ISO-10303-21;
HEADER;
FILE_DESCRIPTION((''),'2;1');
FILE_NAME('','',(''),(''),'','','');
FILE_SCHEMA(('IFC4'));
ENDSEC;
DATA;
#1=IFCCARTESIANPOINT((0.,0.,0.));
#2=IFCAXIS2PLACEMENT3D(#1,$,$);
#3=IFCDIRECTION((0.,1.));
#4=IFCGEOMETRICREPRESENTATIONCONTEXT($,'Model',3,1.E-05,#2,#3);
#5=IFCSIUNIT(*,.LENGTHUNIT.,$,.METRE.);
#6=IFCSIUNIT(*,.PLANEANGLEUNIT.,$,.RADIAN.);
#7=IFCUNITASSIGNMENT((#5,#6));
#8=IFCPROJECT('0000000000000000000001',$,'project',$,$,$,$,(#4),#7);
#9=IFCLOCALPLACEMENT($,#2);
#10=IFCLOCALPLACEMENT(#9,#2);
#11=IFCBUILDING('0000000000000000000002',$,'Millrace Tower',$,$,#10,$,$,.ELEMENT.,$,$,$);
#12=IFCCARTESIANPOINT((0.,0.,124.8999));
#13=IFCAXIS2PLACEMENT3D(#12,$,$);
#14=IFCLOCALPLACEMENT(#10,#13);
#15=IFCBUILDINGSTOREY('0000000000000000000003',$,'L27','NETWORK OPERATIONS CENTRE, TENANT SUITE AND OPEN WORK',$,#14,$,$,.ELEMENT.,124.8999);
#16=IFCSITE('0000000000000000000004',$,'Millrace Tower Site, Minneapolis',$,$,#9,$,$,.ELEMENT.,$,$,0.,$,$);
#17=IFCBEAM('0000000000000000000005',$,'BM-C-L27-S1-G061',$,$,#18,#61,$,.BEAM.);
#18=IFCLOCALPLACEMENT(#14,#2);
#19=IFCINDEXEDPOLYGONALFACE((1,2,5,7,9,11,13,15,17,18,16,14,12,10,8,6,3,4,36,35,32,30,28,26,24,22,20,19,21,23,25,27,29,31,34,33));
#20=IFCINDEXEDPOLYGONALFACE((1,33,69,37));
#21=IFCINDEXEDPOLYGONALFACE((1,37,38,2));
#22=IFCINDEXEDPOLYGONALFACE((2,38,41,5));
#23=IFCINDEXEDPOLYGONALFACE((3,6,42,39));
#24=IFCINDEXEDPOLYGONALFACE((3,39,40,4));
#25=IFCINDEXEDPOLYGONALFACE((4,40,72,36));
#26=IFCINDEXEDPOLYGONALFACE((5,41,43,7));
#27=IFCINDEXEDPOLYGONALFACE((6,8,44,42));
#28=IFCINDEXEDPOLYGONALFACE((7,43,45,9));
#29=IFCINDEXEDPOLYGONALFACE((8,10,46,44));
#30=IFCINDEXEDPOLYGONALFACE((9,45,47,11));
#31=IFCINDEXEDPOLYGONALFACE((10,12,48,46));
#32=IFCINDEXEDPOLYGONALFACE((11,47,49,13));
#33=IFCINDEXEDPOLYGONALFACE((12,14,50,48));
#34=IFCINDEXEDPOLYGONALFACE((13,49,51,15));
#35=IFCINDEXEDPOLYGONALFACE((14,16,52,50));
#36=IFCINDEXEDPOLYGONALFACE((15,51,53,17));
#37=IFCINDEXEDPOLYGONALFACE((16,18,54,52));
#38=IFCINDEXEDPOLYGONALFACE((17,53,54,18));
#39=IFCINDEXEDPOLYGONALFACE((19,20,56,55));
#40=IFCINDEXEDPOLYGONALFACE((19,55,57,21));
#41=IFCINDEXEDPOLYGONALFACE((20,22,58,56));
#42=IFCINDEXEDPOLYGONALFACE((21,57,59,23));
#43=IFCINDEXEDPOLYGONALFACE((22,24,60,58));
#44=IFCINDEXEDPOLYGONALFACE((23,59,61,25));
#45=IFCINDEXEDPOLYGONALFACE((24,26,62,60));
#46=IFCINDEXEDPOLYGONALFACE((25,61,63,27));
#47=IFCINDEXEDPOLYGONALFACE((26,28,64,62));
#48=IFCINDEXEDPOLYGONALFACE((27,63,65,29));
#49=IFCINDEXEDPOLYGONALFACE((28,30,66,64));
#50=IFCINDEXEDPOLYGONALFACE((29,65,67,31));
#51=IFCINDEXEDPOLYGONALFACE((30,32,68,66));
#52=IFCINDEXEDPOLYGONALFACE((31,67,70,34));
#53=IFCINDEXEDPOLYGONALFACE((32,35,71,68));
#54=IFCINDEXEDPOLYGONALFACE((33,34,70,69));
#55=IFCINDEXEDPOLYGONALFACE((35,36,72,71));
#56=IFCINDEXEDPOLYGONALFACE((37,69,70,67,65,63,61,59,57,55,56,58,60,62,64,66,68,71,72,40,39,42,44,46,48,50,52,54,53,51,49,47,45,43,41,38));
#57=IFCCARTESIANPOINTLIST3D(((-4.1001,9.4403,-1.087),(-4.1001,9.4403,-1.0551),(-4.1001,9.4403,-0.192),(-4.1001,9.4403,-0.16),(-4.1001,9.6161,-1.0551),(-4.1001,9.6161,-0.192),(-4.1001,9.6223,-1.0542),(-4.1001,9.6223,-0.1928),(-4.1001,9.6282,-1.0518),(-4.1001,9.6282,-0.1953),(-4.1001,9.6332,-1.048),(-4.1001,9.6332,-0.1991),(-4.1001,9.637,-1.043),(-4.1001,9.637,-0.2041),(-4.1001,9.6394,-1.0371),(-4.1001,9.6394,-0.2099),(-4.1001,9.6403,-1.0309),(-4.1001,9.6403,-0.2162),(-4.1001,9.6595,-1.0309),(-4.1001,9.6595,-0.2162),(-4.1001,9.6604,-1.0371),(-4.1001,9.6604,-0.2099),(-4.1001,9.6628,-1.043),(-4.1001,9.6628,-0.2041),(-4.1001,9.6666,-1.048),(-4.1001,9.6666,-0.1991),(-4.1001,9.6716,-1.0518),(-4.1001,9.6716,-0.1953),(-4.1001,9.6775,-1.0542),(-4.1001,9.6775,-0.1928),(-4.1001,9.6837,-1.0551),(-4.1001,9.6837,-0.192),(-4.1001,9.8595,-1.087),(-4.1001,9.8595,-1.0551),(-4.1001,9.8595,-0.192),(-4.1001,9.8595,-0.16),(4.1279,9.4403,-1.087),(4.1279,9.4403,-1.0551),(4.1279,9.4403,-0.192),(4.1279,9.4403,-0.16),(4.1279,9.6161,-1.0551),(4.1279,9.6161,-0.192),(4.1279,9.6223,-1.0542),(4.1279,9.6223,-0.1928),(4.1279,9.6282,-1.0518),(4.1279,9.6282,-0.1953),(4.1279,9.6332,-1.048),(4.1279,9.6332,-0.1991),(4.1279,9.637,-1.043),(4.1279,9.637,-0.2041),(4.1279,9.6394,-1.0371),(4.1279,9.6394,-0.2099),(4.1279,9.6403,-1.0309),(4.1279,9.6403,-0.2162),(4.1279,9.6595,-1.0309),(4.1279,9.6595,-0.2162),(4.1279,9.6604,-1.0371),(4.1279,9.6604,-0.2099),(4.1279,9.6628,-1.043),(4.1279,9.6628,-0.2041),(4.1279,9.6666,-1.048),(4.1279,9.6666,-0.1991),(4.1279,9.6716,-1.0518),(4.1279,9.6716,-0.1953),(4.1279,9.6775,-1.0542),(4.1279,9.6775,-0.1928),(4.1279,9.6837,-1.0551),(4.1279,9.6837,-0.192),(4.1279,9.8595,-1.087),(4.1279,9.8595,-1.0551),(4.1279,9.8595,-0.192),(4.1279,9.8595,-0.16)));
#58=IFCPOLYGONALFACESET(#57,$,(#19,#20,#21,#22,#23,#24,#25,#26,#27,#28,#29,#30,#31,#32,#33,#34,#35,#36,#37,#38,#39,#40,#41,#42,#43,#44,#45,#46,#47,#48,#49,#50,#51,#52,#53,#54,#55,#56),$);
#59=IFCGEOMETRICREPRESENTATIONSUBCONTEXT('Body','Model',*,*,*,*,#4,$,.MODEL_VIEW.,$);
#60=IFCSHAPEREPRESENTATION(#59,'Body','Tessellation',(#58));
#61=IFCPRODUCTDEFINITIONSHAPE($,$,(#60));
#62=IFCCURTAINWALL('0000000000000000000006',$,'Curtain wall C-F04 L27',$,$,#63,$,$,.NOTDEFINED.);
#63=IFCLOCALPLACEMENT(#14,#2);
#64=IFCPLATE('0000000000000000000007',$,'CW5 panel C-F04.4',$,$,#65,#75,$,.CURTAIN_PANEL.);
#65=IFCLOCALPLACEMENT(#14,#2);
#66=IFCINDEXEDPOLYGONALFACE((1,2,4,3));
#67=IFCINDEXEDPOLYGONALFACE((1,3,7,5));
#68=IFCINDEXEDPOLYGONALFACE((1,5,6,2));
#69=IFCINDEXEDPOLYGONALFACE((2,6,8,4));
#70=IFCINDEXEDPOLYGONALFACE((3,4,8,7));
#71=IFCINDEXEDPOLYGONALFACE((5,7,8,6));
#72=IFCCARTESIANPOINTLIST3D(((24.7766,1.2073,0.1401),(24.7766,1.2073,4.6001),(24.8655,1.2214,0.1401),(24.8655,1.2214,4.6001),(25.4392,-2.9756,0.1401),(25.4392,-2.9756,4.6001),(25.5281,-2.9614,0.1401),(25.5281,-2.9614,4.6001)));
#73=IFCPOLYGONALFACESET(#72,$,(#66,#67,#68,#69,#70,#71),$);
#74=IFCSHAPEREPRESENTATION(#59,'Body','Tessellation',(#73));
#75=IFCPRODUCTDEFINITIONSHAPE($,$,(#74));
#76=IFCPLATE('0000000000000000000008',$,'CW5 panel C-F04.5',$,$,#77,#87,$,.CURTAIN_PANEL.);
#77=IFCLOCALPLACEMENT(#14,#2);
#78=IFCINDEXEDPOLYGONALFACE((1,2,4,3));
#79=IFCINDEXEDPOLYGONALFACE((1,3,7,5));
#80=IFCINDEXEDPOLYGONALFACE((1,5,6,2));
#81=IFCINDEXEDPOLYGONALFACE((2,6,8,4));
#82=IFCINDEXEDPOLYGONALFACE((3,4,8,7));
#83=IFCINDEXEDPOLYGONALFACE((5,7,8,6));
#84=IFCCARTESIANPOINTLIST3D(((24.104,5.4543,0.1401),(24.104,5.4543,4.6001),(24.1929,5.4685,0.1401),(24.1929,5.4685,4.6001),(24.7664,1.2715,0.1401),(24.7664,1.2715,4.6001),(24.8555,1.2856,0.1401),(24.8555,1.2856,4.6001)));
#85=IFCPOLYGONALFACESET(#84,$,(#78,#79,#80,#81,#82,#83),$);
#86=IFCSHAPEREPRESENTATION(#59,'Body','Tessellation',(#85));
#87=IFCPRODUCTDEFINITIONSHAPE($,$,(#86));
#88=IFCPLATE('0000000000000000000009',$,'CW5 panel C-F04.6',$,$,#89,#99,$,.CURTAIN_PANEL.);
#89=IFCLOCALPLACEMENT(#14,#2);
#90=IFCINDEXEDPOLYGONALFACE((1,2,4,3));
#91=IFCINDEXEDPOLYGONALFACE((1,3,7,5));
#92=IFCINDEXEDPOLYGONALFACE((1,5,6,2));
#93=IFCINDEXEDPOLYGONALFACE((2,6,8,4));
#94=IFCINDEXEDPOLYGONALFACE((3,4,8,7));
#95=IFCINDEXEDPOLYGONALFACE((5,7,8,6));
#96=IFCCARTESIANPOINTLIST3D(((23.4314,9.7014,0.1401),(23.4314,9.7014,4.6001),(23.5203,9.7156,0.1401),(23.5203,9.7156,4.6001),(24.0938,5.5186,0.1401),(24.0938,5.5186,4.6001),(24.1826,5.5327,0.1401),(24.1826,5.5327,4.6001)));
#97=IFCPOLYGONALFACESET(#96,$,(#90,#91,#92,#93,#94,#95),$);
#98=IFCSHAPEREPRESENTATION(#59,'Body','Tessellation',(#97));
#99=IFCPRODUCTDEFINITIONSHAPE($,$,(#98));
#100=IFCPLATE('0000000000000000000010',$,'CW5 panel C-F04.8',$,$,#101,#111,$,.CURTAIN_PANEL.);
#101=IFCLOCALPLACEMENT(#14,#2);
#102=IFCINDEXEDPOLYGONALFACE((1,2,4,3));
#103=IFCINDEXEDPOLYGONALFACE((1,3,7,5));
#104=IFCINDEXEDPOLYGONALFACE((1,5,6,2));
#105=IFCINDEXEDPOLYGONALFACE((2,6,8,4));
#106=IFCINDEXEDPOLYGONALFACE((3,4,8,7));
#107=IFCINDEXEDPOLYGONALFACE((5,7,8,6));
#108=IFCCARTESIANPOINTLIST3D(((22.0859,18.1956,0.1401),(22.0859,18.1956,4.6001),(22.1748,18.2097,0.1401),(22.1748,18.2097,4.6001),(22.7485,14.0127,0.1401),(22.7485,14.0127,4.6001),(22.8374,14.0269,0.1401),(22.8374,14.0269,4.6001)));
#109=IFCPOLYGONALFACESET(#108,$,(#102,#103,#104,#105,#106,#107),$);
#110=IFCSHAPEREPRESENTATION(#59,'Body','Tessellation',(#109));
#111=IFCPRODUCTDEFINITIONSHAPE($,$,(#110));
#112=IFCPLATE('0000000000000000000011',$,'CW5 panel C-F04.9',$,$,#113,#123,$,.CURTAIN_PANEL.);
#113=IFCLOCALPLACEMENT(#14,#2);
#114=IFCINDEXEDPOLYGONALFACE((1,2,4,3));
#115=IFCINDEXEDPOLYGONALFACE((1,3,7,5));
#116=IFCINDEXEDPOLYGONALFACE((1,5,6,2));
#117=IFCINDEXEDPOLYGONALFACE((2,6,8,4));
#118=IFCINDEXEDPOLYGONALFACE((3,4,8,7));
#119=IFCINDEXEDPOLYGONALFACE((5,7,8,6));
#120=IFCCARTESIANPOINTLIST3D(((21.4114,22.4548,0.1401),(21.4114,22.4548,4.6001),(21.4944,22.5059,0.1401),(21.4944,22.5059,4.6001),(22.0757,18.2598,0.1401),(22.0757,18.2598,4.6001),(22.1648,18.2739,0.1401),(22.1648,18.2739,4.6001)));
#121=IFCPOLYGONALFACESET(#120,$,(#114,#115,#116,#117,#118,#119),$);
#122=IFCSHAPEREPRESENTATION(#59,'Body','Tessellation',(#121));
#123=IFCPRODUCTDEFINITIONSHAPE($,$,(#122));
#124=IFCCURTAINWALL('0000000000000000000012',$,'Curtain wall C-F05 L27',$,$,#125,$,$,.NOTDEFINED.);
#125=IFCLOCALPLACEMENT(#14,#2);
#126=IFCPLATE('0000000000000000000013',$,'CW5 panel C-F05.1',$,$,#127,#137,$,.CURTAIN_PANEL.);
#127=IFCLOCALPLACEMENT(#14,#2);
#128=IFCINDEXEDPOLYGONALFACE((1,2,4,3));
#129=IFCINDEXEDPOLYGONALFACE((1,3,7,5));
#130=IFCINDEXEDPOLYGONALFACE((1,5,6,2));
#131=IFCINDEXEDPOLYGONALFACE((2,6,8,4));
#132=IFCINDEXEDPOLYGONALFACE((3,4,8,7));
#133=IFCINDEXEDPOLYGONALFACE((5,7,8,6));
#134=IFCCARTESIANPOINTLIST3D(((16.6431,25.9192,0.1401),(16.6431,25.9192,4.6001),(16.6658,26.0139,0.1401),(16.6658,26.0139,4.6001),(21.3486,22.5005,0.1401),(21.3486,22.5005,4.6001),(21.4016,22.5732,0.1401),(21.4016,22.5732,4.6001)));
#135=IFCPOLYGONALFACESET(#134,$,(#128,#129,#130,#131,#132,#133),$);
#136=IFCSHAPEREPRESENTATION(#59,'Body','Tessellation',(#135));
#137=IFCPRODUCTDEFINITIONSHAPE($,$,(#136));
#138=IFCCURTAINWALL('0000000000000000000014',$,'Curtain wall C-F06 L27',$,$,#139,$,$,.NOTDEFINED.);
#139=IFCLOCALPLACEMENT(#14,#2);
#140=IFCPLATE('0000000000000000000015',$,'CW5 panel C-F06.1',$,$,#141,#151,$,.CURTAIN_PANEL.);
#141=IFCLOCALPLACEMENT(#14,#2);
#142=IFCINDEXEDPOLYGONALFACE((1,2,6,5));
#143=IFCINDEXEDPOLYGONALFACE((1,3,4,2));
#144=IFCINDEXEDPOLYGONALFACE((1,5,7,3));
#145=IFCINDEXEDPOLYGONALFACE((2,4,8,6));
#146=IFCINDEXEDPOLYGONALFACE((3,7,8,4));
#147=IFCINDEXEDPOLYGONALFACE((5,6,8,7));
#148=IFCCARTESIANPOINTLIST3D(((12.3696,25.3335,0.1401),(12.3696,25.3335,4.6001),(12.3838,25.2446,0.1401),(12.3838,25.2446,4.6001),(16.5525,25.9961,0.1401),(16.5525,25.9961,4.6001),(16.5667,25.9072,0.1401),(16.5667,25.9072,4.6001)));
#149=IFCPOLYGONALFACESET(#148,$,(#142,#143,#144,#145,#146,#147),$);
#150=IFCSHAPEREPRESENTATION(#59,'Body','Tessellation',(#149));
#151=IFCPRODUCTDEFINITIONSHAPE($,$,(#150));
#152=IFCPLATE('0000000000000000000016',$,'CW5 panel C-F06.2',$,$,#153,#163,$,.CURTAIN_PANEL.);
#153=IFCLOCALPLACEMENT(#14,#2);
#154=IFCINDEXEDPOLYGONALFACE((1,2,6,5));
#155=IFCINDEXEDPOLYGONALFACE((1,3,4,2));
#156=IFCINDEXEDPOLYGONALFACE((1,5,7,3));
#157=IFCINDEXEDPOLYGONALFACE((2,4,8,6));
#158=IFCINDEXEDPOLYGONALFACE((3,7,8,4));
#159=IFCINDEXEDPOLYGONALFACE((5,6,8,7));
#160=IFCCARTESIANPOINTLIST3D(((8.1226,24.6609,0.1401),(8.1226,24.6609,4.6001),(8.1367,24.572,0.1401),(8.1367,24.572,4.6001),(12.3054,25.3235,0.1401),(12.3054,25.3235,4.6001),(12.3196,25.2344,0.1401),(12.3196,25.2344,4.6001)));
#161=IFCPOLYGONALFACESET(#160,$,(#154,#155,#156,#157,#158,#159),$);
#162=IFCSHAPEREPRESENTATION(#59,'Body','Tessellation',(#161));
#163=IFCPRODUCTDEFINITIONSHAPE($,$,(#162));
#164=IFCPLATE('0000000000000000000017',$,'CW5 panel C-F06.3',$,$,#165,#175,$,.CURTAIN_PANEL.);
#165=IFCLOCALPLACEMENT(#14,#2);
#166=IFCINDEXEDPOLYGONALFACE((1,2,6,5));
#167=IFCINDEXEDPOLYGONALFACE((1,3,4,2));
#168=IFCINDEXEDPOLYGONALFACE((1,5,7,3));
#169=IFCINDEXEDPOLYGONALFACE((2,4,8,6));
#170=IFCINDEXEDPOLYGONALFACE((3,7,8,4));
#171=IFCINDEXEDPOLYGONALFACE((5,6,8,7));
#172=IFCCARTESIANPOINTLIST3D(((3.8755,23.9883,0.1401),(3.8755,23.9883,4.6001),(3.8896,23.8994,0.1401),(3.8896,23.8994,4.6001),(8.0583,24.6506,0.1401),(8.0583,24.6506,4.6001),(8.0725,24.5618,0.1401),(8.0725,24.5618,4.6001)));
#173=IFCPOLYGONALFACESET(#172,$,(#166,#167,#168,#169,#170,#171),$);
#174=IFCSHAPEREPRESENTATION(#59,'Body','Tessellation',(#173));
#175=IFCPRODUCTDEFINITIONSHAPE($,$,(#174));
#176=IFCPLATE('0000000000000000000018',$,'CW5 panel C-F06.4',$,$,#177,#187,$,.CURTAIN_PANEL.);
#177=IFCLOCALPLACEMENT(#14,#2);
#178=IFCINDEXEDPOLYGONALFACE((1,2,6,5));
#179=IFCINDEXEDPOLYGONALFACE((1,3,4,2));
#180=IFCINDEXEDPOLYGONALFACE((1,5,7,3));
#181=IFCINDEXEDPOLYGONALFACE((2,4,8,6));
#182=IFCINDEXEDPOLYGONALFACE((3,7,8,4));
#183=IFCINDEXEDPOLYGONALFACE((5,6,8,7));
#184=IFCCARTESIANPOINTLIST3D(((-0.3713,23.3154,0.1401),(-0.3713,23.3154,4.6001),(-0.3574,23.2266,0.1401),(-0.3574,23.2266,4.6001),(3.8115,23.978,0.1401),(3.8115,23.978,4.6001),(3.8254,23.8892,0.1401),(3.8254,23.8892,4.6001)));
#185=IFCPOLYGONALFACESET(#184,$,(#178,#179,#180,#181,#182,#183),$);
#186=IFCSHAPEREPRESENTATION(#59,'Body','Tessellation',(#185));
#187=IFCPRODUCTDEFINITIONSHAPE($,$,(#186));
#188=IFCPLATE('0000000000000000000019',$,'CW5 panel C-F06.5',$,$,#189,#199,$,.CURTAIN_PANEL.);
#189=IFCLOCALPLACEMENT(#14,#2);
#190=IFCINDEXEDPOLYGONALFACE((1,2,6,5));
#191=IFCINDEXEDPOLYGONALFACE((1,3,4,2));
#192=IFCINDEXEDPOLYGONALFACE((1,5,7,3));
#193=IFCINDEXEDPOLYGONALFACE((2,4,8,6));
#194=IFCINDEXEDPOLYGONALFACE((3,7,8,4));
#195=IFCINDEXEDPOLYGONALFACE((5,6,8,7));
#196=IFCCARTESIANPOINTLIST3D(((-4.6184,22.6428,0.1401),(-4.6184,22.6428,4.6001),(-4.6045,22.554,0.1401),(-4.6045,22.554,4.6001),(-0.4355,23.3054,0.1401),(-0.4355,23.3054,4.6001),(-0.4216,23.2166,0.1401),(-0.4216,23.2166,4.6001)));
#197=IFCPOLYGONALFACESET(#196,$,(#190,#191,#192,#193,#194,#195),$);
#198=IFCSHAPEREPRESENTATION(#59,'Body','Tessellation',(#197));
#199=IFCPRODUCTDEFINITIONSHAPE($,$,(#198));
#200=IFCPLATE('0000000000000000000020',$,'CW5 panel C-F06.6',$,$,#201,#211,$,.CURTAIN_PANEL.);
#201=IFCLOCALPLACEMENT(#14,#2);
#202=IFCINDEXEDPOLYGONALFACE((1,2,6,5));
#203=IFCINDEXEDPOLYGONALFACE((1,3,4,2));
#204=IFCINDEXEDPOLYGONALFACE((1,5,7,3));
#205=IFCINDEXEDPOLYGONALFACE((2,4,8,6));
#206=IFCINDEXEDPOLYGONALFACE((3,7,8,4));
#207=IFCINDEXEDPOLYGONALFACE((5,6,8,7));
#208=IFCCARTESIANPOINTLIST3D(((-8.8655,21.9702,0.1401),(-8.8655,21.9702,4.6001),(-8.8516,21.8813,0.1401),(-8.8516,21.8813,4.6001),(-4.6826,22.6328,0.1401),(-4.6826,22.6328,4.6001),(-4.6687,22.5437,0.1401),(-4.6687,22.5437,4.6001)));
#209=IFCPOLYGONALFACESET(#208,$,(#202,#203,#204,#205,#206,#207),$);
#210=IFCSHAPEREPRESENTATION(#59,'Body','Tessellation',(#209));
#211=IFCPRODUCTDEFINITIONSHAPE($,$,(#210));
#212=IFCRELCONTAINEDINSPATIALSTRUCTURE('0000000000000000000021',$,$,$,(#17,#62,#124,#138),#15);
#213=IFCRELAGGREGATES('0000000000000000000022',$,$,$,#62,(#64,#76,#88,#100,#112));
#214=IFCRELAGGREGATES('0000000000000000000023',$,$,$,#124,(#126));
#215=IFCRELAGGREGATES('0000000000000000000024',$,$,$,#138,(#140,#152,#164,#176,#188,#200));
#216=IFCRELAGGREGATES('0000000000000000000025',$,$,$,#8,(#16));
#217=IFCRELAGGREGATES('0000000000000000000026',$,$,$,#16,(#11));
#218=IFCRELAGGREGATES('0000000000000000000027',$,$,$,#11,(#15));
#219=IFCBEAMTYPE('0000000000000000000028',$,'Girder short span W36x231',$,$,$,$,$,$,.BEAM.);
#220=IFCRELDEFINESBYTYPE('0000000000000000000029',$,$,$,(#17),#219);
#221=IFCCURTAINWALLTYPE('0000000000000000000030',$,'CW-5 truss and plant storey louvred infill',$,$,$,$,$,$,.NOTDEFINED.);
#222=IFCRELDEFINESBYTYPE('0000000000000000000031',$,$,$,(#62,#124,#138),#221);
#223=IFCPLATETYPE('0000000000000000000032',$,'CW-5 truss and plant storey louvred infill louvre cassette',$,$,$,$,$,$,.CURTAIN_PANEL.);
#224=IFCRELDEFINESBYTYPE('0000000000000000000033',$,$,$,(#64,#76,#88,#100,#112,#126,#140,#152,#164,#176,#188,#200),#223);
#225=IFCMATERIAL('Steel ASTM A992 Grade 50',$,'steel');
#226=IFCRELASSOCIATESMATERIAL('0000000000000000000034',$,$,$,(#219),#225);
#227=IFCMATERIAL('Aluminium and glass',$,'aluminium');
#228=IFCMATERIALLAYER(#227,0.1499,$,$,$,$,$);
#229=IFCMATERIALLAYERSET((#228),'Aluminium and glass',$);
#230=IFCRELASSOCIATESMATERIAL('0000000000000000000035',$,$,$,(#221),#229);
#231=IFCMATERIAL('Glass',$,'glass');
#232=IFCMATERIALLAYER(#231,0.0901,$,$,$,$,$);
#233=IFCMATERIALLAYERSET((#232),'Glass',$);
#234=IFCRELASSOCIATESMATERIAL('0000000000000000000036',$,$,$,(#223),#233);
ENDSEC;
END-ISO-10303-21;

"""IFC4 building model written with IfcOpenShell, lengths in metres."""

from ifc_helpers import new_model, si_unit, direction, frame, origin, origin_2d, place, context, subcontext, project, spatial, polyline, i_section, outline, extrude, material, layer, layer_set, material_profile, profile_set, type_object, element, aggregate, save


model = new_model("IFC4")

# Units and contexts
model_context = context("Model", 3, precision=1e-05, world=origin(), true_north=direction((0.0, 1.0)))
body_context = subcontext(model_context, "Body", "Model", "MODEL_VIEW")
ifc_project = project(units=[si_unit("LENGTHUNIT", "METRE"), si_unit("PLANEANGLEUNIT", "RADIAN")], contexts=[model_context])

# Site, building, storey
site_placement = place(None, origin())
site = spatial("IfcSite", under=ifc_project, at=site_placement, Name="Millrace Tower Site, Minneapolis", CompositionType="ELEMENT", RefElevation=0.0)
building_placement = place(site_placement, origin())
building = spatial("IfcBuilding", under=site, at=building_placement, Name="Millrace Tower", CompositionType="ELEMENT")
storey_placement = place(building_placement, frame((0.0, 0.0, 124.8999)))
storey = spatial("IfcBuildingStorey", under=building, at=storey_placement, Name="L27", Description="NETWORK OPERATIONS CENTRE, TENANT SUITE AND OPEN WORK", CompositionType="ELEMENT", Elevation=124.8999)

# Beam
ifc_material_1 = material(Name="Steel ASTM A992 Grade 50", Category="steel")
ifc_material_profile_1 = material_profile(ifc_material_1, i_section(OverallWidth=0.4192, OverallDepth=0.927, WebThickness=0.0193, FlangeThickness=0.032, FilletRadius=0.0242, at=origin_2d()))
ifc_profile_set_1 = profile_set([ifc_material_profile_1], Name="Steel ASTM A992 Grade 50")
beam_type_1 = type_object("IfcBeamType", Name="Girder short span W36x231", PredefinedType="BEAM", material=ifc_profile_set_1)
beam_1_placement = place(storey_placement, frame((-4.1001, 9.6499, -0.6235), z_axis=(1.0, 0.0, 0.0), x_axis=(0.0, 1.0, 0.0)))
element("IfcBeam", 1, at=beam_1_placement, inside=storey, type_object=beam_type_1, Name="BM-C-L27-S1-G061", PredefinedType="BEAM", context=body_context, shape_type="SweptSolid", body=[
    extrude(i_section(OverallWidth=0.4192, OverallDepth=0.927, WebThickness=0.0193, FlangeThickness=0.032, FilletRadius=0.0242, at=origin_2d()), origin(), (0.0, 0.0, 1.0), 8.228),
])

# Curtain wall, plates
ifc_material_2 = material(Name="Aluminium and glass", Category="aluminium")
ifc_layer_1 = layer(ifc_material_2, 0.1499)
ifc_layer_set_1 = layer_set([ifc_layer_1], Name="Aluminium and glass")
curtain_wall_type = type_object("IfcCurtainWallType", Name="CW-5 truss and plant storey louvred infill", PredefinedType="NOTDEFINED", material=ifc_layer_set_1)
placement_1 = place(storey_placement, origin())
curtain_wall_1 = element("IfcCurtainWall", 2, at=placement_1, inside=storey, type_object=curtain_wall_type, Name="Curtain wall C-F04 L27", PredefinedType="NOTDEFINED")
ifc_material_3 = material(Name="Glass", Category="glass")
ifc_layer_2 = layer(ifc_material_3, 0.0901)
ifc_layer_set_2 = layer_set([ifc_layer_2], Name="Glass")
plate_type = type_object("IfcPlateType", Name="CW-5 truss and plant storey louvred infill louvre cassette", PredefinedType="CURTAIN_PANEL", material=ifc_layer_set_2)
placement_2 = place(storey_placement, frame((0.0, 0.0, 0.1401)))
plate_1 = element("IfcPlate", 3, at=placement_2, type_object=plate_type, Name="CW5 panel C-F04.4", PredefinedType="CURTAIN_PANEL", context=body_context, shape_type="SweptSolid", body=[
    extrude(outline(polyline([(25.5281, -2.9614), (24.8655, 1.2214), (24.7766, 1.2073), (25.4392, -2.9756), (25.5281, -2.9614)])), origin(), (0.0, 0.0, 1.0), 4.46),
])
plate_2 = element("IfcPlate", 4, at=placement_2, type_object=plate_type, Name="CW5 panel C-F04.5", PredefinedType="CURTAIN_PANEL", context=body_context, shape_type="SweptSolid", body=[
    extrude(outline(polyline([(24.8555, 1.2856), (24.1929, 5.4685), (24.104, 5.4543), (24.7664, 1.2715), (24.8555, 1.2856)])), origin(), (0.0, 0.0, 1.0), 4.46),
])
plate_3 = element("IfcPlate", 5, at=placement_2, type_object=plate_type, Name="CW5 panel C-F04.6", PredefinedType="CURTAIN_PANEL", context=body_context, shape_type="SweptSolid", body=[
    extrude(outline(polyline([(24.1826, 5.5327), (23.5203, 9.7156), (23.4314, 9.7014), (24.0938, 5.5186), (24.1826, 5.5327)])), origin(), (0.0, 0.0, 1.0), 4.46),
])
plate_4 = element("IfcPlate", 6, at=placement_2, type_object=plate_type, Name="CW5 panel C-F04.8", PredefinedType="CURTAIN_PANEL", context=body_context, shape_type="SweptSolid", body=[
    extrude(outline(polyline([(22.8374, 14.0269), (22.1748, 18.2097), (22.0859, 18.1956), (22.7485, 14.0127), (22.8374, 14.0269)])), origin(), (0.0, 0.0, 1.0), 4.46),
])
plate_5 = element("IfcPlate", 7, at=placement_2, type_object=plate_type, Name="CW5 panel C-F04.9", PredefinedType="CURTAIN_PANEL", context=body_context, shape_type="SweptSolid", body=[
    extrude(outline(polyline([(22.1648, 18.2739), (21.4944, 22.5059), (21.4114, 22.4548), (22.0757, 18.2598), (22.1648, 18.2739)])), origin(), (0.0, 0.0, 1.0), 4.46),
])
aggregate(curtain_wall_1, [plate_1, plate_2, plate_3, plate_4, plate_5])

# Curtain wall, plate
curtain_wall_2 = element("IfcCurtainWall", 8, at=placement_1, inside=storey, type_object=curtain_wall_type, Name="Curtain wall C-F05 L27", PredefinedType="NOTDEFINED")
plate_6 = element("IfcPlate", 9, at=placement_2, type_object=plate_type, Name="CW5 panel C-F05.1", PredefinedType="CURTAIN_PANEL", context=body_context, shape_type="SweptSolid", body=[
    extrude(outline(polyline([(21.4016, 22.5732), (16.6658, 26.0139), (16.6431, 25.9192), (21.3486, 22.5005), (21.4016, 22.5732)])), origin(), (0.0, 0.0, 1.0), 4.46),
])
aggregate(curtain_wall_2, [plate_6])

# Curtain wall, plates
curtain_wall_3 = element("IfcCurtainWall", 10, at=placement_1, inside=storey, type_object=curtain_wall_type, Name="Curtain wall C-F06 L27", PredefinedType="NOTDEFINED")
plate_7 = element("IfcPlate", 11, at=placement_2, type_object=plate_type, Name="CW5 panel C-F06.1", PredefinedType="CURTAIN_PANEL", context=body_context, shape_type="SweptSolid", body=[
    extrude(outline(polyline([(16.5525, 25.9961), (12.3696, 25.3335), (12.3838, 25.2446), (16.5667, 25.9072), (16.5525, 25.9961)])), origin(), (0.0, 0.0, 1.0), 4.46),
])
plate_8 = element("IfcPlate", 12, at=placement_2, type_object=plate_type, Name="CW5 panel C-F06.2", PredefinedType="CURTAIN_PANEL", context=body_context, shape_type="SweptSolid", body=[
    extrude(outline(polyline([(12.3054, 25.3235), (8.1226, 24.6609), (8.1367, 24.572), (12.3196, 25.2344), (12.3054, 25.3235)])), origin(), (0.0, 0.0, 1.0), 4.46),
])
plate_9 = element("IfcPlate", 13, at=placement_2, type_object=plate_type, Name="CW5 panel C-F06.3", PredefinedType="CURTAIN_PANEL", context=body_context, shape_type="SweptSolid", body=[
    extrude(outline(polyline([(8.0583, 24.6506), (3.8755, 23.9883), (3.8896, 23.8994), (8.0725, 24.5618), (8.0583, 24.6506)])), origin(), (0.0, 0.0, 1.0), 4.46),
])
plate_10 = element("IfcPlate", 14, at=placement_2, type_object=plate_type, Name="CW5 panel C-F06.4", PredefinedType="CURTAIN_PANEL", context=body_context, shape_type="SweptSolid", body=[
    extrude(outline(polyline([(3.8115, 23.978), (-0.3713, 23.3154), (-0.3574, 23.2266), (3.8254, 23.8892), (3.8115, 23.978)])), origin(), (0.0, 0.0, 1.0), 4.46),
])
plate_11 = element("IfcPlate", 15, at=placement_2, type_object=plate_type, Name="CW5 panel C-F06.5", PredefinedType="CURTAIN_PANEL", context=body_context, shape_type="SweptSolid", body=[
    extrude(outline(polyline([(-0.4355, 23.3054), (-4.6184, 22.6428), (-4.6045, 22.554), (-0.4216, 23.2166), (-0.4355, 23.3054)])), origin(), (0.0, 0.0, 1.0), 4.46),
])
plate_12 = element("IfcPlate", 16, at=placement_2, type_object=plate_type, Name="CW5 panel C-F06.6", PredefinedType="CURTAIN_PANEL", context=body_context, shape_type="SweptSolid", body=[
    extrude(outline(polyline([(-4.6826, 22.6328), (-8.8655, 21.9702), (-8.8516, 21.8813), (-4.6687, 22.5437), (-4.6826, 22.6328)])), origin(), (0.0, 0.0, 1.0), 4.46),
])
aggregate(curtain_wall_3, [plate_7, plate_8, plate_9, plate_10, plate_11, plate_12])

save(model, "model.ifc")
